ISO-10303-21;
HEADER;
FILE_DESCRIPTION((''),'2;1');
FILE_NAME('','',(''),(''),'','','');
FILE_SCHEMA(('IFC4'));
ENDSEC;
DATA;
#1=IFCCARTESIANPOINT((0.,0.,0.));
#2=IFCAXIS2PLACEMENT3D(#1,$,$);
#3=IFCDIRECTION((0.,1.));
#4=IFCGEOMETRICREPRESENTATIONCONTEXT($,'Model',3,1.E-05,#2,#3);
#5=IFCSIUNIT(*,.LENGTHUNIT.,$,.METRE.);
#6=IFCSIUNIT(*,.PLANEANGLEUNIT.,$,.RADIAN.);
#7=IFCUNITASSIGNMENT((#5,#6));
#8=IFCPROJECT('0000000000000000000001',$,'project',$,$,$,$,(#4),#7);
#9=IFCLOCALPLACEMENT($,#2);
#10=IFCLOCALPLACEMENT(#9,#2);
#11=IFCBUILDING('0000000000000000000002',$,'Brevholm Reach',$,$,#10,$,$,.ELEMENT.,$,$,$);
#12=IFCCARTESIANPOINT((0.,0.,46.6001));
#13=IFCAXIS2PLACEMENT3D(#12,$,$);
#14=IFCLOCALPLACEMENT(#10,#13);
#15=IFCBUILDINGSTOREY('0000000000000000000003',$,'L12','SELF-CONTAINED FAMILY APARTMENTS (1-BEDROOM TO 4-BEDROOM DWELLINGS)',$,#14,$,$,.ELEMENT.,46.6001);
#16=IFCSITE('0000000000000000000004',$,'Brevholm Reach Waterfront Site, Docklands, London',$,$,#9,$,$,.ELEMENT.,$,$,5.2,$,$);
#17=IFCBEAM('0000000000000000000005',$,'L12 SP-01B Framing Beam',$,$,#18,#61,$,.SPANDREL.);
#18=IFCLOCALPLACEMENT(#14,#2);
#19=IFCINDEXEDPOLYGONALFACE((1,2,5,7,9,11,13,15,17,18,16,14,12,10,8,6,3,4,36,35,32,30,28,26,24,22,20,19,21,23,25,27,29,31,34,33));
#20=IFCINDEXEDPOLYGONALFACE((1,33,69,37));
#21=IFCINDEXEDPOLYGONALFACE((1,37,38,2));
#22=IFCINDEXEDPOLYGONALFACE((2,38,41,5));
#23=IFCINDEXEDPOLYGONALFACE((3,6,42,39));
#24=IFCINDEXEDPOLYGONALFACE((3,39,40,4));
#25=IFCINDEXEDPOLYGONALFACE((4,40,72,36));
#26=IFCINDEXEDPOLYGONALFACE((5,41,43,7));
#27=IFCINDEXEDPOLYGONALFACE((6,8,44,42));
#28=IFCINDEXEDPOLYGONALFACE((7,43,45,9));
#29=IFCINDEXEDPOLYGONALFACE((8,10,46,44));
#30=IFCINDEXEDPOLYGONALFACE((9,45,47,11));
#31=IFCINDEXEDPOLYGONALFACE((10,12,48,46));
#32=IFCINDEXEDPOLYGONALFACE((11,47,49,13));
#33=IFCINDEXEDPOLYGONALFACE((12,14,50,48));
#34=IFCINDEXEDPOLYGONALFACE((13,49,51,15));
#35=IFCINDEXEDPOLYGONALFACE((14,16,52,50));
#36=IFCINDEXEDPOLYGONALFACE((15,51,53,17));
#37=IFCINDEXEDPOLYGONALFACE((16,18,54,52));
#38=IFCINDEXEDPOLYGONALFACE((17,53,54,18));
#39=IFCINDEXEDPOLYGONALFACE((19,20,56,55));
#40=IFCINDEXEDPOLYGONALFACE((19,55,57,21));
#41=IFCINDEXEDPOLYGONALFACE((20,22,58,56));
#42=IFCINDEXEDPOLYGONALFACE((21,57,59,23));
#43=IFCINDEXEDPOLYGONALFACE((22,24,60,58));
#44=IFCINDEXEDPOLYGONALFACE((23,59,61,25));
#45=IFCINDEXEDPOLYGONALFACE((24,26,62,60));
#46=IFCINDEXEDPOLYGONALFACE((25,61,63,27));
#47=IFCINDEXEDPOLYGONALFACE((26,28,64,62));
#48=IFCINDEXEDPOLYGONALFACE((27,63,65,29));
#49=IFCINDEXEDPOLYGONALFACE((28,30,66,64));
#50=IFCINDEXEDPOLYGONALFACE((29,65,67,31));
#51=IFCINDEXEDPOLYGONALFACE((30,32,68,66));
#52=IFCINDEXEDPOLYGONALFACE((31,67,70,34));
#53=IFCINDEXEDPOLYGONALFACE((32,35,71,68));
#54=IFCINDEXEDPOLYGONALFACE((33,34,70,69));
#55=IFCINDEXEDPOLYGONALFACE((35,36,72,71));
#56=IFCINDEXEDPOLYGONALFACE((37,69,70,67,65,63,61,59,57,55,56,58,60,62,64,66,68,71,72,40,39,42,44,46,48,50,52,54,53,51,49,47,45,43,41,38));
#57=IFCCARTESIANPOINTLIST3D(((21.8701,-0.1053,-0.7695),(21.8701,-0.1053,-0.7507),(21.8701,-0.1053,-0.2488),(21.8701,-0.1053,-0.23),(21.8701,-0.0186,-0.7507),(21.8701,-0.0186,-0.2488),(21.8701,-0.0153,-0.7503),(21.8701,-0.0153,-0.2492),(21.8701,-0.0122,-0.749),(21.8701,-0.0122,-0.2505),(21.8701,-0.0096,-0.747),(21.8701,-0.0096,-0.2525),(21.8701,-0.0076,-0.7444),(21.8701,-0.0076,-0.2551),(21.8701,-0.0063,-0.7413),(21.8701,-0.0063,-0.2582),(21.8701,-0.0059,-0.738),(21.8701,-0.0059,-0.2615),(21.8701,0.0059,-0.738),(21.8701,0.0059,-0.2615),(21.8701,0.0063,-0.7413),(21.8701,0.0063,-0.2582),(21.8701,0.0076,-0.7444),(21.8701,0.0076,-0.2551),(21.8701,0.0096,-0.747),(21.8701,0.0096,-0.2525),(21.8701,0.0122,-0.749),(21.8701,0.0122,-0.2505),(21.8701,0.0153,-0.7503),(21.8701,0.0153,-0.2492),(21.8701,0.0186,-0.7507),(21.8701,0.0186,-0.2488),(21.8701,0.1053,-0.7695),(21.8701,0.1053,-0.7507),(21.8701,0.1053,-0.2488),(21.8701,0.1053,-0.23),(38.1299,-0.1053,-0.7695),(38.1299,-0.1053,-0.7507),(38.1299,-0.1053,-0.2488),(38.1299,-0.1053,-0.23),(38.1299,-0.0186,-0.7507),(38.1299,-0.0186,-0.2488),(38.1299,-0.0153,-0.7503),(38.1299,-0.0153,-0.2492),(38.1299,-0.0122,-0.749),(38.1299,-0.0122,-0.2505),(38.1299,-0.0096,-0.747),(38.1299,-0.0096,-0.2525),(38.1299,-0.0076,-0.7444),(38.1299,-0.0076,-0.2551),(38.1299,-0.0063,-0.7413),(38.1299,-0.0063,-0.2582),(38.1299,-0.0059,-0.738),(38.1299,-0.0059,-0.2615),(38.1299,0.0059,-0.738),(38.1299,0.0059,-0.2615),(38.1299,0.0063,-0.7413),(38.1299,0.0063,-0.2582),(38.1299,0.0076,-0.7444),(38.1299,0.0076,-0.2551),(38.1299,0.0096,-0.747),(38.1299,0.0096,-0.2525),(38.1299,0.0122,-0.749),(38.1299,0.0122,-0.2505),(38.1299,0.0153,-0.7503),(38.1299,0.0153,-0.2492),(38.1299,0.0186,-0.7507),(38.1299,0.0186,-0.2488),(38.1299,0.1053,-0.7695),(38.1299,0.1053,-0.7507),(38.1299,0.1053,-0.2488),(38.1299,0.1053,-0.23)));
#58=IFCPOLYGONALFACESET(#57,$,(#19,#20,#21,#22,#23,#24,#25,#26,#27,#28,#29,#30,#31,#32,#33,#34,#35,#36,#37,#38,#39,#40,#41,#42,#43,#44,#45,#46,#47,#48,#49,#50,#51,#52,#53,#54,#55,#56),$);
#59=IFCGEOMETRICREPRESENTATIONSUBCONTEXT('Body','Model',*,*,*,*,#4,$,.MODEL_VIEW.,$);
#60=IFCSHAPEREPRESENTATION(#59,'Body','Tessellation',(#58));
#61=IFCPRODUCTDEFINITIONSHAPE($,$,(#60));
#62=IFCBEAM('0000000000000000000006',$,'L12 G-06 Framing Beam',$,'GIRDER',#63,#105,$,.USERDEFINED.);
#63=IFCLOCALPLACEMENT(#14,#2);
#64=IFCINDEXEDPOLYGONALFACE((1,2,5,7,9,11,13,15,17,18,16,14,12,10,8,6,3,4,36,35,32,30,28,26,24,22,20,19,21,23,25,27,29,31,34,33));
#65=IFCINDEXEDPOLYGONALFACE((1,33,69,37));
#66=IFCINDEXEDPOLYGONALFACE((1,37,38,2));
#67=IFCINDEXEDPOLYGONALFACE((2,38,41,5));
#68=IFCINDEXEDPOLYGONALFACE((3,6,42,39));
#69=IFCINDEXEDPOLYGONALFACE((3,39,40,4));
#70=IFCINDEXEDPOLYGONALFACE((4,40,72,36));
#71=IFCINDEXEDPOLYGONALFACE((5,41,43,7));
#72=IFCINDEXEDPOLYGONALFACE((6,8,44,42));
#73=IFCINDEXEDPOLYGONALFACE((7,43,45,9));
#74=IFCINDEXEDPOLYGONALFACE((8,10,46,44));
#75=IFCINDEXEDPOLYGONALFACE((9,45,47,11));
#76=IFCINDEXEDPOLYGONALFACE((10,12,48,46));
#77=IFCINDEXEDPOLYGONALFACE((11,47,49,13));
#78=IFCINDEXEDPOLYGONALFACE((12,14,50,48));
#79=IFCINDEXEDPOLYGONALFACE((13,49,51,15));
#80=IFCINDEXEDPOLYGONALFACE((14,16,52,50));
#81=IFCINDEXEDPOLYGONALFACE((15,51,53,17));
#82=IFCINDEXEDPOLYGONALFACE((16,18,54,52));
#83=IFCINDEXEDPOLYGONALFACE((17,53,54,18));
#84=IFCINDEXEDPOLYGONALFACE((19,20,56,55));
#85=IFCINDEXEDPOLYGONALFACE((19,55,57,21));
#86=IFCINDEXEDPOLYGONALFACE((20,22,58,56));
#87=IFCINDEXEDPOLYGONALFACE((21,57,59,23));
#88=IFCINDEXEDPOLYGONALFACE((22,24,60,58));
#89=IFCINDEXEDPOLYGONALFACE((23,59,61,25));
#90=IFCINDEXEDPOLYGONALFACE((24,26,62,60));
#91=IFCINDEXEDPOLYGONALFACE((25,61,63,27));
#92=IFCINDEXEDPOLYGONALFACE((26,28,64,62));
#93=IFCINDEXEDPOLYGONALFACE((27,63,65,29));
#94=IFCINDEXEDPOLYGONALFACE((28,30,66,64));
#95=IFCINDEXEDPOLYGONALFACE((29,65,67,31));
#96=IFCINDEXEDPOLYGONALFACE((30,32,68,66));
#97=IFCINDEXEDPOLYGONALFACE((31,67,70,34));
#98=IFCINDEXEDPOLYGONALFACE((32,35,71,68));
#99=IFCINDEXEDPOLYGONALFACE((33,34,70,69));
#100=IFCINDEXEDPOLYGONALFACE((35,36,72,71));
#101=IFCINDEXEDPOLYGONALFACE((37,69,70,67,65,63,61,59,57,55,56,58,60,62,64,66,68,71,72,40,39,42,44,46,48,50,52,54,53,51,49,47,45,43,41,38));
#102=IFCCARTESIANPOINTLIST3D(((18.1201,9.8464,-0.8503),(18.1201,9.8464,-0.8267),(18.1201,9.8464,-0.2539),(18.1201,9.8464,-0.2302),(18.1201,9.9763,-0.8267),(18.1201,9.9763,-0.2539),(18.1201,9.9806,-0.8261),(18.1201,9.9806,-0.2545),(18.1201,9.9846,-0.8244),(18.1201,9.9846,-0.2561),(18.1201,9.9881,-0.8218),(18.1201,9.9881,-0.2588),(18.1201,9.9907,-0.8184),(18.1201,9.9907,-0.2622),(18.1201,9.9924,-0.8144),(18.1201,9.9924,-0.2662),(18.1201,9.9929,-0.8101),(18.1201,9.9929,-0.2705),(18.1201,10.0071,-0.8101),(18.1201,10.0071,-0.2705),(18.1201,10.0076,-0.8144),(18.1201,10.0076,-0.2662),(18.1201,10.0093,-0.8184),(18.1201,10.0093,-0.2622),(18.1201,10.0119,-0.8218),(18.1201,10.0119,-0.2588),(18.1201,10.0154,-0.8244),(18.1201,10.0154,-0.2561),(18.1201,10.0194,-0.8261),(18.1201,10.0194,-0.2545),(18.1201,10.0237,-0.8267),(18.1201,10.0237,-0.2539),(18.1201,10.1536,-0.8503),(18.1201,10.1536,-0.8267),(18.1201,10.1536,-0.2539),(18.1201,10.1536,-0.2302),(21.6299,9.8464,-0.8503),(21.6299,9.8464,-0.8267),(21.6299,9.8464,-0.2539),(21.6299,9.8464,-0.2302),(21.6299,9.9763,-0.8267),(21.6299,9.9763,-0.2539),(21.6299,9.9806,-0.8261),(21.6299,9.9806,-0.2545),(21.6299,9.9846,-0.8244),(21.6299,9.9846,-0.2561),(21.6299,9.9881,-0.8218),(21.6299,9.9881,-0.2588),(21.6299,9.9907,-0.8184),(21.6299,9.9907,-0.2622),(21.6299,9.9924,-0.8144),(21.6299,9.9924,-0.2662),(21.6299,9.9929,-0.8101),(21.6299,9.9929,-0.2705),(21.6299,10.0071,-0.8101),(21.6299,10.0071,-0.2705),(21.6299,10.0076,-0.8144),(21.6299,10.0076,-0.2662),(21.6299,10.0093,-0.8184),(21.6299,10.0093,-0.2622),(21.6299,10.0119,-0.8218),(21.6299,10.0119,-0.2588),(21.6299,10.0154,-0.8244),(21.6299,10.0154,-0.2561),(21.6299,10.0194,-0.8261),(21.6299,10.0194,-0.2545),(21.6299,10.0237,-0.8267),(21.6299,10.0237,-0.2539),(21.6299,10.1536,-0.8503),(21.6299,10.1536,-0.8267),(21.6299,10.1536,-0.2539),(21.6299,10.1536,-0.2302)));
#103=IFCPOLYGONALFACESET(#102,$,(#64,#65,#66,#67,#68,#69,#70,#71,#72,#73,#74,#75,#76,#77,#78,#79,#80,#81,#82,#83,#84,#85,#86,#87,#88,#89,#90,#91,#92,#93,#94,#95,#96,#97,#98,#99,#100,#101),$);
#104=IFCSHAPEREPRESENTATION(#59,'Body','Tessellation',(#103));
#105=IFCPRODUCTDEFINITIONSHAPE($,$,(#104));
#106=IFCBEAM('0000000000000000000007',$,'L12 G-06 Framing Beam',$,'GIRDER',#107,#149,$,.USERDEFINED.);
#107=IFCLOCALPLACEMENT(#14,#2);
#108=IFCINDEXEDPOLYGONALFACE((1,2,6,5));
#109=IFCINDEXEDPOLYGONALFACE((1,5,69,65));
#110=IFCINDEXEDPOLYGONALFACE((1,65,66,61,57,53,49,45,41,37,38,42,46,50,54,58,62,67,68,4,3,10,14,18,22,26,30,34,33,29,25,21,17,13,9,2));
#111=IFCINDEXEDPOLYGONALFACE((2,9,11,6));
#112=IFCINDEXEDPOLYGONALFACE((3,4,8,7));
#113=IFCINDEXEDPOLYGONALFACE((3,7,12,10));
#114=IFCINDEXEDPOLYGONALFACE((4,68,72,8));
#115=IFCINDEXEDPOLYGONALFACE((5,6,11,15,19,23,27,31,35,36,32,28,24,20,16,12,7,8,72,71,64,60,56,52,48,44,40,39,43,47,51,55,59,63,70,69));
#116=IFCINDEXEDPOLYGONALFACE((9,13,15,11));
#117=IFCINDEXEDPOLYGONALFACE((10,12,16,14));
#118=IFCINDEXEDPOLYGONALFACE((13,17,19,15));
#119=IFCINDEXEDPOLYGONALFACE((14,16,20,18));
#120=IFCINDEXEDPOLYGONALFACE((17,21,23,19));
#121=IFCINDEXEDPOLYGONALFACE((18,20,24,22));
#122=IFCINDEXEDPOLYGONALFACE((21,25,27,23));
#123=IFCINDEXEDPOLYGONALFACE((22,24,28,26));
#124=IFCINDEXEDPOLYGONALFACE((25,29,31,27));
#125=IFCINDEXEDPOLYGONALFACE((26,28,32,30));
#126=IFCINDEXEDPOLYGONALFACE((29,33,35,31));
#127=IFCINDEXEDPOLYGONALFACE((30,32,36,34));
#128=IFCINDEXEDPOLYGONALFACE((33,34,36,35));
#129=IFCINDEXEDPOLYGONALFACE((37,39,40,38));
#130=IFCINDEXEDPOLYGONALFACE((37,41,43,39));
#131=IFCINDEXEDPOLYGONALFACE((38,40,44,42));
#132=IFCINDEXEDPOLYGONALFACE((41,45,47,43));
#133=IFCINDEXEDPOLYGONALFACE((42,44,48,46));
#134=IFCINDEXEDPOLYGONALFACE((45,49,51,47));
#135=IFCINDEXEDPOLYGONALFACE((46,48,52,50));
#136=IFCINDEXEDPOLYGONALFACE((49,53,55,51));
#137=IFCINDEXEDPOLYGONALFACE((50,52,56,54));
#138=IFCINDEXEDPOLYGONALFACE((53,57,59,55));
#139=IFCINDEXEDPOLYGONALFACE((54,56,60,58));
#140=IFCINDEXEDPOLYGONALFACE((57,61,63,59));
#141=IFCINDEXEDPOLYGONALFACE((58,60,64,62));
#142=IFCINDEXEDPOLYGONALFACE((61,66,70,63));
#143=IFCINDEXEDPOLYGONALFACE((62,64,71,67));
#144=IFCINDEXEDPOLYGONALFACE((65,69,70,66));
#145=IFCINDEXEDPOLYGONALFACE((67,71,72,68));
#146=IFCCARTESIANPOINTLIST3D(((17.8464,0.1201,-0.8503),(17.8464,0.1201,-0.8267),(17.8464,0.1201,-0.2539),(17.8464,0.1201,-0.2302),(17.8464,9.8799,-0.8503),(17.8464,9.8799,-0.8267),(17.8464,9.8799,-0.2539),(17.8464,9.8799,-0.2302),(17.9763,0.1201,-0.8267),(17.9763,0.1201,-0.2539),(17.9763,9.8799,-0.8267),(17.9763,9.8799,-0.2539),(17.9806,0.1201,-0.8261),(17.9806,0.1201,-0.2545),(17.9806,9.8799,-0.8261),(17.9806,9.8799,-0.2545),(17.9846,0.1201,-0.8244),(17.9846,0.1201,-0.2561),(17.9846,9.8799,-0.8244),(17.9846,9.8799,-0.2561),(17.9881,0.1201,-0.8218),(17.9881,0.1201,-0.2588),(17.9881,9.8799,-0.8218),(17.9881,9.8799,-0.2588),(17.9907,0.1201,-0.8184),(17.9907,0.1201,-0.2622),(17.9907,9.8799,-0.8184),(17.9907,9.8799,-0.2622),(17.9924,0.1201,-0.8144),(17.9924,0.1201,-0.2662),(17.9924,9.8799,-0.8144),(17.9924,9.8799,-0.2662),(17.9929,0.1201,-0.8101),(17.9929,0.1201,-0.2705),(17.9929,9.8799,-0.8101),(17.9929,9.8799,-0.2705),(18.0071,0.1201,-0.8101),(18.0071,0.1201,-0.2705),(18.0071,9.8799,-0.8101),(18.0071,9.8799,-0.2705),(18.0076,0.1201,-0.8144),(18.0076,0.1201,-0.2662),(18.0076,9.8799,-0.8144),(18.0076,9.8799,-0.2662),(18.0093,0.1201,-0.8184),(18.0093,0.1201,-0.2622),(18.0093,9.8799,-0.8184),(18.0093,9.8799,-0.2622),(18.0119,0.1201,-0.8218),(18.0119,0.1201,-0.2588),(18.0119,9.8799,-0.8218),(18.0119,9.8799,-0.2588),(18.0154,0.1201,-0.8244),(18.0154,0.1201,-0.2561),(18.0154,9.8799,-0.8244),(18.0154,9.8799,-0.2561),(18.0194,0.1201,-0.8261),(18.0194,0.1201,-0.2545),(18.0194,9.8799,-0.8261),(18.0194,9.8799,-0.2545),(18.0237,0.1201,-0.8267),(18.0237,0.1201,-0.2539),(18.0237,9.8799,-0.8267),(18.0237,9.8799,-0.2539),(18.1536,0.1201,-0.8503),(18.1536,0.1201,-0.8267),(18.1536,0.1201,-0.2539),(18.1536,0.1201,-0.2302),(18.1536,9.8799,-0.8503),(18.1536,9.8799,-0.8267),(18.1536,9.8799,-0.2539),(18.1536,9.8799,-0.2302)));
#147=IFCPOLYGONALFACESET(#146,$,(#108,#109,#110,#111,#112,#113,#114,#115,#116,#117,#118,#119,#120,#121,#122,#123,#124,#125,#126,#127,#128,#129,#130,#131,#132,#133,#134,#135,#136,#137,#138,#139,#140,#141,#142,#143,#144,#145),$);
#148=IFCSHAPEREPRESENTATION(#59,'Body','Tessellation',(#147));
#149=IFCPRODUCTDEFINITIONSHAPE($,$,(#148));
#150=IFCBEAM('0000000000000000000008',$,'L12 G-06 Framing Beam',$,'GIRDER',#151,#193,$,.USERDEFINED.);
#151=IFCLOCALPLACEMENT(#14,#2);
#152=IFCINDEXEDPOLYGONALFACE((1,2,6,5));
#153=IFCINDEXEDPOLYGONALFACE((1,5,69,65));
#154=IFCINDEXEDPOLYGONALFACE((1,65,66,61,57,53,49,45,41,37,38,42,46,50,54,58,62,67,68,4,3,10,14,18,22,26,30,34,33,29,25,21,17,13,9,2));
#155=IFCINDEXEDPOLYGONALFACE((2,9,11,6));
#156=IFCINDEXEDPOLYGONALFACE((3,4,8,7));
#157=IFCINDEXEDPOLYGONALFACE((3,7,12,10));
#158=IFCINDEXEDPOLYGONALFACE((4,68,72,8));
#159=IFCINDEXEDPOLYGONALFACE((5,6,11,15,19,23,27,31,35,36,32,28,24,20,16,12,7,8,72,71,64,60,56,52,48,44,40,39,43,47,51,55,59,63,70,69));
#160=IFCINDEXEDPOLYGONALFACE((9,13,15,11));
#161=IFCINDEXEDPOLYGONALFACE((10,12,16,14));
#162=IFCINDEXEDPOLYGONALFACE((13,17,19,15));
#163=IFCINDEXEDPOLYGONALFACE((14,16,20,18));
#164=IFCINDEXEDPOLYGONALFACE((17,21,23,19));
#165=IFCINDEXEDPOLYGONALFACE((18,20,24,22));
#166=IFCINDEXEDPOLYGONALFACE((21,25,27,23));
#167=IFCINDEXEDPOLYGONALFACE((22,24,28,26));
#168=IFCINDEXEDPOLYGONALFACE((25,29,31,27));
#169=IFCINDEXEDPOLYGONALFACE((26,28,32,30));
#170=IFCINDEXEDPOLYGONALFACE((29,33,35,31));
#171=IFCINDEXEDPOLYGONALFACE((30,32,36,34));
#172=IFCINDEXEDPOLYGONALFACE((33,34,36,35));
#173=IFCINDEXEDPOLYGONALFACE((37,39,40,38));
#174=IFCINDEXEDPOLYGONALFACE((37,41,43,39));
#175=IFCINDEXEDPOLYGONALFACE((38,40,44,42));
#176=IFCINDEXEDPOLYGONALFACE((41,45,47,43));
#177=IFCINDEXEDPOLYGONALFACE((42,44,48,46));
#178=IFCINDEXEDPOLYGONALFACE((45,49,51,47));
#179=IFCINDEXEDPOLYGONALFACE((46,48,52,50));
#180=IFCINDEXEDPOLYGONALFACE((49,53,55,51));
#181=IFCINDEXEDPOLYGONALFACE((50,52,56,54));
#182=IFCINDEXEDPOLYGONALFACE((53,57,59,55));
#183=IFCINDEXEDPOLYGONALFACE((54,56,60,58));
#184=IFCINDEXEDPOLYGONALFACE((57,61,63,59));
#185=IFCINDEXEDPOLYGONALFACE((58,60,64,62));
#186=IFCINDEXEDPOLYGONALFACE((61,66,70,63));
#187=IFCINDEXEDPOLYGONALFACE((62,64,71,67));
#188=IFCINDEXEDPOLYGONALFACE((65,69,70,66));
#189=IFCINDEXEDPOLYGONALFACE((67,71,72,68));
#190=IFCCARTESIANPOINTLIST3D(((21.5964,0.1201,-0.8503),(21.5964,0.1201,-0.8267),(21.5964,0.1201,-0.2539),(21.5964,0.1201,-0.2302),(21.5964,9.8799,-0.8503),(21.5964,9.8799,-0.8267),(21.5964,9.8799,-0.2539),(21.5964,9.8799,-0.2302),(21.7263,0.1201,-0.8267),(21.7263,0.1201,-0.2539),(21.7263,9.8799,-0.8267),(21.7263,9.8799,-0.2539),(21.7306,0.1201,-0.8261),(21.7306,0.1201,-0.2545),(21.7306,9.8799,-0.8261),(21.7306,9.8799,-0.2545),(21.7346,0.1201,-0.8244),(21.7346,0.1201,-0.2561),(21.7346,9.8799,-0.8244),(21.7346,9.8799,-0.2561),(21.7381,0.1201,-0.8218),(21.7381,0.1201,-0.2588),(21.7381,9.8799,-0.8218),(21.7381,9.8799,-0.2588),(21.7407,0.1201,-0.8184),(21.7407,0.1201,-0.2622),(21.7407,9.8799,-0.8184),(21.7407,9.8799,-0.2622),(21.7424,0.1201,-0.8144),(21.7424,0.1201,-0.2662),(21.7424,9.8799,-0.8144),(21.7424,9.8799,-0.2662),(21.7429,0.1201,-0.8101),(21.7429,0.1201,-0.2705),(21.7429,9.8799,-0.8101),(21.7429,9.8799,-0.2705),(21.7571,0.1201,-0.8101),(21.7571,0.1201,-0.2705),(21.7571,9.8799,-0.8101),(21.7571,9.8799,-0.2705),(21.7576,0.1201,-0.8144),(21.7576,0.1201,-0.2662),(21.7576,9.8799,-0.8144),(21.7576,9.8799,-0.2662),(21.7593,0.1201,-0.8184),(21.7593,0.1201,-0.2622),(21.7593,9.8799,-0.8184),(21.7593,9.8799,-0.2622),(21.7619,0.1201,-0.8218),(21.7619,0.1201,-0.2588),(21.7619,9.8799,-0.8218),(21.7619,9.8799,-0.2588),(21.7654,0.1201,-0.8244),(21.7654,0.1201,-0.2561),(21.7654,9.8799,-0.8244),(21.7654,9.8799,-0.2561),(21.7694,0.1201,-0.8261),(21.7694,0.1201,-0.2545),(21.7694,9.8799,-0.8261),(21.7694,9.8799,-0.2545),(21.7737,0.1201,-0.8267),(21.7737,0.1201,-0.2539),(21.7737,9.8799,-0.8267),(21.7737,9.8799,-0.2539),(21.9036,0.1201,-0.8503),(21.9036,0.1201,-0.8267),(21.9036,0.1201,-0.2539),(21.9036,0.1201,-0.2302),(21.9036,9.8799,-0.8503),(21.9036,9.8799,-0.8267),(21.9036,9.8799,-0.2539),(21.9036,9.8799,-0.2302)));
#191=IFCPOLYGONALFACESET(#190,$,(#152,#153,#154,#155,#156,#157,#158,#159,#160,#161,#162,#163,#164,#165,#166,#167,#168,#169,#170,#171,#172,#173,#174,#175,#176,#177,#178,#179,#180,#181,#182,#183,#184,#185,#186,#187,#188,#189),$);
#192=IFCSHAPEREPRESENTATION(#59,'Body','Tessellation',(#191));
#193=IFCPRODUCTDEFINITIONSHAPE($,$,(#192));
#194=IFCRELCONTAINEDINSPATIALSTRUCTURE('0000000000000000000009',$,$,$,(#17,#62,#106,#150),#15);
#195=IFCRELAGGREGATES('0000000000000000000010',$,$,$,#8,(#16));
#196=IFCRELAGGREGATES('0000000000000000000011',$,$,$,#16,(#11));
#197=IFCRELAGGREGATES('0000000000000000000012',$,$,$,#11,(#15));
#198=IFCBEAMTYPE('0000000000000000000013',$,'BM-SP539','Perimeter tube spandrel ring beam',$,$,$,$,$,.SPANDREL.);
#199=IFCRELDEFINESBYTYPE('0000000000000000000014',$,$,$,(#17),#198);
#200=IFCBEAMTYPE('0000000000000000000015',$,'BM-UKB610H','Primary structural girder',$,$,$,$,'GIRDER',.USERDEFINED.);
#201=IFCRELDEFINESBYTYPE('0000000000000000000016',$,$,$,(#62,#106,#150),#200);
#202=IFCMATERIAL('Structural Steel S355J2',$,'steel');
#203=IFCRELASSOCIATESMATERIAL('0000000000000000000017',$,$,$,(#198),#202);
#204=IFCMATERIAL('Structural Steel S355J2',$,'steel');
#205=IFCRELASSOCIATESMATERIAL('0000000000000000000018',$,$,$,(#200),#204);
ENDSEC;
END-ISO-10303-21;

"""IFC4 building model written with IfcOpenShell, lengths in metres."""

from ifc_helpers import new_model, si_unit, direction, frame, origin, origin_2d, place, context, subcontext, project, spatial, i_section, extrude, material, material_profile, profile_set, type_object, element, save


model = new_model("IFC4")

# Units and contexts
model_context = context("Model", 3, precision=1e-05, world=origin(), true_north=direction((0.0, 1.0)))
body_context = subcontext(model_context, "Body", "Model", "MODEL_VIEW")
ifc_project = project(units=[si_unit("LENGTHUNIT", "METRE"), si_unit("PLANEANGLEUNIT", "RADIAN")], contexts=[model_context])

# Site, building, storey
site_placement = place(None, origin())
site = spatial("IfcSite", under=ifc_project, at=site_placement, Name="Brevholm Reach Waterfront Site, Docklands, London", CompositionType="ELEMENT", RefElevation=5.2)
building_placement = place(site_placement, origin())
building = spatial("IfcBuilding", under=site, at=building_placement, Name="Brevholm Reach", CompositionType="ELEMENT")
storey_placement = place(building_placement, frame((0.0, 0.0, 46.6001)))
storey = spatial("IfcBuildingStorey", under=building, at=storey_placement, Name="L12", Description="SELF-CONTAINED FAMILY APARTMENTS (1-BEDROOM TO 4-BEDROOM DWELLINGS)", CompositionType="ELEMENT", Elevation=46.6001)

# Beams
ifc_material_1 = material(Name="Structural Steel S355J2", Category="steel")
ifc_material_profile_1 = material_profile(ifc_material_1, i_section(OverallWidth=0.2107, OverallDepth=0.5396, WebThickness=0.0117, FlangeThickness=0.0188, FilletRadius=0.0127, at=origin_2d()), Name="UKB 533x210x109")
ifc_profile_set_1 = profile_set([ifc_material_profile_1], Name="Structural Steel S355J2")
beam_type_1 = type_object("IfcBeamType", Name="BM-SP539", Description="Perimeter tube spandrel ring beam", PredefinedType="SPANDREL", material=ifc_profile_set_1)
beam_1_placement = place(storey_placement, frame((21.8701, 0.0, -0.4998), z_axis=(1.0, 0.0, 0.0), x_axis=(0.0, 1.0, 0.0)))
element("IfcBeam", 1, at=beam_1_placement, inside=storey, type_object=beam_type_1, Name="L12 SP-01B Framing Beam", PredefinedType="SPANDREL", context=body_context, shape_type="SweptSolid", body=[
    extrude(i_section(OverallWidth=0.2107, OverallDepth=0.5396, WebThickness=0.0117, FlangeThickness=0.0188, FilletRadius=0.0127, at=origin_2d()), origin(), (0.0, 0.0, 1.0), 16.2598),
])
ifc_material_2 = material(Name="Structural Steel S355J2", Category="steel")
ifc_material_profile_2 = material_profile(ifc_material_2, i_section(OverallWidth=0.3071, OverallDepth=0.6201, WebThickness=0.0142, FlangeThickness=0.0237, FilletRadius=0.0166, at=origin_2d()), Name="UKB 610x305x179")
ifc_profile_set_2 = profile_set([ifc_material_profile_2], Name="Structural Steel S355J2")
beam_type_2 = type_object("IfcBeamType", Name="BM-UKB610H", Description="Primary structural girder", ElementType="GIRDER", PredefinedType="USERDEFINED", material=ifc_profile_set_2)
beam_2_placement = place(storey_placement, frame((18.1201, 10.0, -0.5403), z_axis=(1.0, 0.0, 0.0), x_axis=(0.0, 1.0, 0.0)))
element("IfcBeam", 2, at=beam_2_placement, inside=storey, type_object=beam_type_2, Name="L12 G-06 Framing Beam", ObjectType="GIRDER", PredefinedType="USERDEFINED", context=body_context, shape_type="SweptSolid", body=[
    extrude(i_section(OverallWidth=0.3071, OverallDepth=0.6201, WebThickness=0.0142, FlangeThickness=0.0237, FilletRadius=0.0166, at=origin_2d()), origin(), (0.0, 0.0, 1.0), 3.5098),
])
for number, where, z_axis, x_axis, name in (
    (3, (18.0, 0.1201, -0.5403), (0.0, 1.0, 0.0), (-1.0, 0.0, 0.0), "L12 G-06 Framing Beam"),
    (4, (21.75, 0.1201, -0.5403), (0.0, 1.0, 0.0), (-1.0, 0.0, 0.0), "L12 G-06 Framing Beam"),
):
    element("IfcBeam", number, at=place(storey_placement, frame(where, z_axis=z_axis, x_axis=x_axis)), inside=storey, type_object=beam_type_2, Name=name, ObjectType="GIRDER", PredefinedType="USERDEFINED", context=body_context, shape_type="SweptSolid", body=[
        extrude(i_section(OverallWidth=0.3071, OverallDepth=0.6201, WebThickness=0.0142, FlangeThickness=0.0237, FilletRadius=0.0166, at=origin_2d()), origin(), (0.0, 0.0, 1.0), 9.7598),
    ])

save(model, "model.ifc")
